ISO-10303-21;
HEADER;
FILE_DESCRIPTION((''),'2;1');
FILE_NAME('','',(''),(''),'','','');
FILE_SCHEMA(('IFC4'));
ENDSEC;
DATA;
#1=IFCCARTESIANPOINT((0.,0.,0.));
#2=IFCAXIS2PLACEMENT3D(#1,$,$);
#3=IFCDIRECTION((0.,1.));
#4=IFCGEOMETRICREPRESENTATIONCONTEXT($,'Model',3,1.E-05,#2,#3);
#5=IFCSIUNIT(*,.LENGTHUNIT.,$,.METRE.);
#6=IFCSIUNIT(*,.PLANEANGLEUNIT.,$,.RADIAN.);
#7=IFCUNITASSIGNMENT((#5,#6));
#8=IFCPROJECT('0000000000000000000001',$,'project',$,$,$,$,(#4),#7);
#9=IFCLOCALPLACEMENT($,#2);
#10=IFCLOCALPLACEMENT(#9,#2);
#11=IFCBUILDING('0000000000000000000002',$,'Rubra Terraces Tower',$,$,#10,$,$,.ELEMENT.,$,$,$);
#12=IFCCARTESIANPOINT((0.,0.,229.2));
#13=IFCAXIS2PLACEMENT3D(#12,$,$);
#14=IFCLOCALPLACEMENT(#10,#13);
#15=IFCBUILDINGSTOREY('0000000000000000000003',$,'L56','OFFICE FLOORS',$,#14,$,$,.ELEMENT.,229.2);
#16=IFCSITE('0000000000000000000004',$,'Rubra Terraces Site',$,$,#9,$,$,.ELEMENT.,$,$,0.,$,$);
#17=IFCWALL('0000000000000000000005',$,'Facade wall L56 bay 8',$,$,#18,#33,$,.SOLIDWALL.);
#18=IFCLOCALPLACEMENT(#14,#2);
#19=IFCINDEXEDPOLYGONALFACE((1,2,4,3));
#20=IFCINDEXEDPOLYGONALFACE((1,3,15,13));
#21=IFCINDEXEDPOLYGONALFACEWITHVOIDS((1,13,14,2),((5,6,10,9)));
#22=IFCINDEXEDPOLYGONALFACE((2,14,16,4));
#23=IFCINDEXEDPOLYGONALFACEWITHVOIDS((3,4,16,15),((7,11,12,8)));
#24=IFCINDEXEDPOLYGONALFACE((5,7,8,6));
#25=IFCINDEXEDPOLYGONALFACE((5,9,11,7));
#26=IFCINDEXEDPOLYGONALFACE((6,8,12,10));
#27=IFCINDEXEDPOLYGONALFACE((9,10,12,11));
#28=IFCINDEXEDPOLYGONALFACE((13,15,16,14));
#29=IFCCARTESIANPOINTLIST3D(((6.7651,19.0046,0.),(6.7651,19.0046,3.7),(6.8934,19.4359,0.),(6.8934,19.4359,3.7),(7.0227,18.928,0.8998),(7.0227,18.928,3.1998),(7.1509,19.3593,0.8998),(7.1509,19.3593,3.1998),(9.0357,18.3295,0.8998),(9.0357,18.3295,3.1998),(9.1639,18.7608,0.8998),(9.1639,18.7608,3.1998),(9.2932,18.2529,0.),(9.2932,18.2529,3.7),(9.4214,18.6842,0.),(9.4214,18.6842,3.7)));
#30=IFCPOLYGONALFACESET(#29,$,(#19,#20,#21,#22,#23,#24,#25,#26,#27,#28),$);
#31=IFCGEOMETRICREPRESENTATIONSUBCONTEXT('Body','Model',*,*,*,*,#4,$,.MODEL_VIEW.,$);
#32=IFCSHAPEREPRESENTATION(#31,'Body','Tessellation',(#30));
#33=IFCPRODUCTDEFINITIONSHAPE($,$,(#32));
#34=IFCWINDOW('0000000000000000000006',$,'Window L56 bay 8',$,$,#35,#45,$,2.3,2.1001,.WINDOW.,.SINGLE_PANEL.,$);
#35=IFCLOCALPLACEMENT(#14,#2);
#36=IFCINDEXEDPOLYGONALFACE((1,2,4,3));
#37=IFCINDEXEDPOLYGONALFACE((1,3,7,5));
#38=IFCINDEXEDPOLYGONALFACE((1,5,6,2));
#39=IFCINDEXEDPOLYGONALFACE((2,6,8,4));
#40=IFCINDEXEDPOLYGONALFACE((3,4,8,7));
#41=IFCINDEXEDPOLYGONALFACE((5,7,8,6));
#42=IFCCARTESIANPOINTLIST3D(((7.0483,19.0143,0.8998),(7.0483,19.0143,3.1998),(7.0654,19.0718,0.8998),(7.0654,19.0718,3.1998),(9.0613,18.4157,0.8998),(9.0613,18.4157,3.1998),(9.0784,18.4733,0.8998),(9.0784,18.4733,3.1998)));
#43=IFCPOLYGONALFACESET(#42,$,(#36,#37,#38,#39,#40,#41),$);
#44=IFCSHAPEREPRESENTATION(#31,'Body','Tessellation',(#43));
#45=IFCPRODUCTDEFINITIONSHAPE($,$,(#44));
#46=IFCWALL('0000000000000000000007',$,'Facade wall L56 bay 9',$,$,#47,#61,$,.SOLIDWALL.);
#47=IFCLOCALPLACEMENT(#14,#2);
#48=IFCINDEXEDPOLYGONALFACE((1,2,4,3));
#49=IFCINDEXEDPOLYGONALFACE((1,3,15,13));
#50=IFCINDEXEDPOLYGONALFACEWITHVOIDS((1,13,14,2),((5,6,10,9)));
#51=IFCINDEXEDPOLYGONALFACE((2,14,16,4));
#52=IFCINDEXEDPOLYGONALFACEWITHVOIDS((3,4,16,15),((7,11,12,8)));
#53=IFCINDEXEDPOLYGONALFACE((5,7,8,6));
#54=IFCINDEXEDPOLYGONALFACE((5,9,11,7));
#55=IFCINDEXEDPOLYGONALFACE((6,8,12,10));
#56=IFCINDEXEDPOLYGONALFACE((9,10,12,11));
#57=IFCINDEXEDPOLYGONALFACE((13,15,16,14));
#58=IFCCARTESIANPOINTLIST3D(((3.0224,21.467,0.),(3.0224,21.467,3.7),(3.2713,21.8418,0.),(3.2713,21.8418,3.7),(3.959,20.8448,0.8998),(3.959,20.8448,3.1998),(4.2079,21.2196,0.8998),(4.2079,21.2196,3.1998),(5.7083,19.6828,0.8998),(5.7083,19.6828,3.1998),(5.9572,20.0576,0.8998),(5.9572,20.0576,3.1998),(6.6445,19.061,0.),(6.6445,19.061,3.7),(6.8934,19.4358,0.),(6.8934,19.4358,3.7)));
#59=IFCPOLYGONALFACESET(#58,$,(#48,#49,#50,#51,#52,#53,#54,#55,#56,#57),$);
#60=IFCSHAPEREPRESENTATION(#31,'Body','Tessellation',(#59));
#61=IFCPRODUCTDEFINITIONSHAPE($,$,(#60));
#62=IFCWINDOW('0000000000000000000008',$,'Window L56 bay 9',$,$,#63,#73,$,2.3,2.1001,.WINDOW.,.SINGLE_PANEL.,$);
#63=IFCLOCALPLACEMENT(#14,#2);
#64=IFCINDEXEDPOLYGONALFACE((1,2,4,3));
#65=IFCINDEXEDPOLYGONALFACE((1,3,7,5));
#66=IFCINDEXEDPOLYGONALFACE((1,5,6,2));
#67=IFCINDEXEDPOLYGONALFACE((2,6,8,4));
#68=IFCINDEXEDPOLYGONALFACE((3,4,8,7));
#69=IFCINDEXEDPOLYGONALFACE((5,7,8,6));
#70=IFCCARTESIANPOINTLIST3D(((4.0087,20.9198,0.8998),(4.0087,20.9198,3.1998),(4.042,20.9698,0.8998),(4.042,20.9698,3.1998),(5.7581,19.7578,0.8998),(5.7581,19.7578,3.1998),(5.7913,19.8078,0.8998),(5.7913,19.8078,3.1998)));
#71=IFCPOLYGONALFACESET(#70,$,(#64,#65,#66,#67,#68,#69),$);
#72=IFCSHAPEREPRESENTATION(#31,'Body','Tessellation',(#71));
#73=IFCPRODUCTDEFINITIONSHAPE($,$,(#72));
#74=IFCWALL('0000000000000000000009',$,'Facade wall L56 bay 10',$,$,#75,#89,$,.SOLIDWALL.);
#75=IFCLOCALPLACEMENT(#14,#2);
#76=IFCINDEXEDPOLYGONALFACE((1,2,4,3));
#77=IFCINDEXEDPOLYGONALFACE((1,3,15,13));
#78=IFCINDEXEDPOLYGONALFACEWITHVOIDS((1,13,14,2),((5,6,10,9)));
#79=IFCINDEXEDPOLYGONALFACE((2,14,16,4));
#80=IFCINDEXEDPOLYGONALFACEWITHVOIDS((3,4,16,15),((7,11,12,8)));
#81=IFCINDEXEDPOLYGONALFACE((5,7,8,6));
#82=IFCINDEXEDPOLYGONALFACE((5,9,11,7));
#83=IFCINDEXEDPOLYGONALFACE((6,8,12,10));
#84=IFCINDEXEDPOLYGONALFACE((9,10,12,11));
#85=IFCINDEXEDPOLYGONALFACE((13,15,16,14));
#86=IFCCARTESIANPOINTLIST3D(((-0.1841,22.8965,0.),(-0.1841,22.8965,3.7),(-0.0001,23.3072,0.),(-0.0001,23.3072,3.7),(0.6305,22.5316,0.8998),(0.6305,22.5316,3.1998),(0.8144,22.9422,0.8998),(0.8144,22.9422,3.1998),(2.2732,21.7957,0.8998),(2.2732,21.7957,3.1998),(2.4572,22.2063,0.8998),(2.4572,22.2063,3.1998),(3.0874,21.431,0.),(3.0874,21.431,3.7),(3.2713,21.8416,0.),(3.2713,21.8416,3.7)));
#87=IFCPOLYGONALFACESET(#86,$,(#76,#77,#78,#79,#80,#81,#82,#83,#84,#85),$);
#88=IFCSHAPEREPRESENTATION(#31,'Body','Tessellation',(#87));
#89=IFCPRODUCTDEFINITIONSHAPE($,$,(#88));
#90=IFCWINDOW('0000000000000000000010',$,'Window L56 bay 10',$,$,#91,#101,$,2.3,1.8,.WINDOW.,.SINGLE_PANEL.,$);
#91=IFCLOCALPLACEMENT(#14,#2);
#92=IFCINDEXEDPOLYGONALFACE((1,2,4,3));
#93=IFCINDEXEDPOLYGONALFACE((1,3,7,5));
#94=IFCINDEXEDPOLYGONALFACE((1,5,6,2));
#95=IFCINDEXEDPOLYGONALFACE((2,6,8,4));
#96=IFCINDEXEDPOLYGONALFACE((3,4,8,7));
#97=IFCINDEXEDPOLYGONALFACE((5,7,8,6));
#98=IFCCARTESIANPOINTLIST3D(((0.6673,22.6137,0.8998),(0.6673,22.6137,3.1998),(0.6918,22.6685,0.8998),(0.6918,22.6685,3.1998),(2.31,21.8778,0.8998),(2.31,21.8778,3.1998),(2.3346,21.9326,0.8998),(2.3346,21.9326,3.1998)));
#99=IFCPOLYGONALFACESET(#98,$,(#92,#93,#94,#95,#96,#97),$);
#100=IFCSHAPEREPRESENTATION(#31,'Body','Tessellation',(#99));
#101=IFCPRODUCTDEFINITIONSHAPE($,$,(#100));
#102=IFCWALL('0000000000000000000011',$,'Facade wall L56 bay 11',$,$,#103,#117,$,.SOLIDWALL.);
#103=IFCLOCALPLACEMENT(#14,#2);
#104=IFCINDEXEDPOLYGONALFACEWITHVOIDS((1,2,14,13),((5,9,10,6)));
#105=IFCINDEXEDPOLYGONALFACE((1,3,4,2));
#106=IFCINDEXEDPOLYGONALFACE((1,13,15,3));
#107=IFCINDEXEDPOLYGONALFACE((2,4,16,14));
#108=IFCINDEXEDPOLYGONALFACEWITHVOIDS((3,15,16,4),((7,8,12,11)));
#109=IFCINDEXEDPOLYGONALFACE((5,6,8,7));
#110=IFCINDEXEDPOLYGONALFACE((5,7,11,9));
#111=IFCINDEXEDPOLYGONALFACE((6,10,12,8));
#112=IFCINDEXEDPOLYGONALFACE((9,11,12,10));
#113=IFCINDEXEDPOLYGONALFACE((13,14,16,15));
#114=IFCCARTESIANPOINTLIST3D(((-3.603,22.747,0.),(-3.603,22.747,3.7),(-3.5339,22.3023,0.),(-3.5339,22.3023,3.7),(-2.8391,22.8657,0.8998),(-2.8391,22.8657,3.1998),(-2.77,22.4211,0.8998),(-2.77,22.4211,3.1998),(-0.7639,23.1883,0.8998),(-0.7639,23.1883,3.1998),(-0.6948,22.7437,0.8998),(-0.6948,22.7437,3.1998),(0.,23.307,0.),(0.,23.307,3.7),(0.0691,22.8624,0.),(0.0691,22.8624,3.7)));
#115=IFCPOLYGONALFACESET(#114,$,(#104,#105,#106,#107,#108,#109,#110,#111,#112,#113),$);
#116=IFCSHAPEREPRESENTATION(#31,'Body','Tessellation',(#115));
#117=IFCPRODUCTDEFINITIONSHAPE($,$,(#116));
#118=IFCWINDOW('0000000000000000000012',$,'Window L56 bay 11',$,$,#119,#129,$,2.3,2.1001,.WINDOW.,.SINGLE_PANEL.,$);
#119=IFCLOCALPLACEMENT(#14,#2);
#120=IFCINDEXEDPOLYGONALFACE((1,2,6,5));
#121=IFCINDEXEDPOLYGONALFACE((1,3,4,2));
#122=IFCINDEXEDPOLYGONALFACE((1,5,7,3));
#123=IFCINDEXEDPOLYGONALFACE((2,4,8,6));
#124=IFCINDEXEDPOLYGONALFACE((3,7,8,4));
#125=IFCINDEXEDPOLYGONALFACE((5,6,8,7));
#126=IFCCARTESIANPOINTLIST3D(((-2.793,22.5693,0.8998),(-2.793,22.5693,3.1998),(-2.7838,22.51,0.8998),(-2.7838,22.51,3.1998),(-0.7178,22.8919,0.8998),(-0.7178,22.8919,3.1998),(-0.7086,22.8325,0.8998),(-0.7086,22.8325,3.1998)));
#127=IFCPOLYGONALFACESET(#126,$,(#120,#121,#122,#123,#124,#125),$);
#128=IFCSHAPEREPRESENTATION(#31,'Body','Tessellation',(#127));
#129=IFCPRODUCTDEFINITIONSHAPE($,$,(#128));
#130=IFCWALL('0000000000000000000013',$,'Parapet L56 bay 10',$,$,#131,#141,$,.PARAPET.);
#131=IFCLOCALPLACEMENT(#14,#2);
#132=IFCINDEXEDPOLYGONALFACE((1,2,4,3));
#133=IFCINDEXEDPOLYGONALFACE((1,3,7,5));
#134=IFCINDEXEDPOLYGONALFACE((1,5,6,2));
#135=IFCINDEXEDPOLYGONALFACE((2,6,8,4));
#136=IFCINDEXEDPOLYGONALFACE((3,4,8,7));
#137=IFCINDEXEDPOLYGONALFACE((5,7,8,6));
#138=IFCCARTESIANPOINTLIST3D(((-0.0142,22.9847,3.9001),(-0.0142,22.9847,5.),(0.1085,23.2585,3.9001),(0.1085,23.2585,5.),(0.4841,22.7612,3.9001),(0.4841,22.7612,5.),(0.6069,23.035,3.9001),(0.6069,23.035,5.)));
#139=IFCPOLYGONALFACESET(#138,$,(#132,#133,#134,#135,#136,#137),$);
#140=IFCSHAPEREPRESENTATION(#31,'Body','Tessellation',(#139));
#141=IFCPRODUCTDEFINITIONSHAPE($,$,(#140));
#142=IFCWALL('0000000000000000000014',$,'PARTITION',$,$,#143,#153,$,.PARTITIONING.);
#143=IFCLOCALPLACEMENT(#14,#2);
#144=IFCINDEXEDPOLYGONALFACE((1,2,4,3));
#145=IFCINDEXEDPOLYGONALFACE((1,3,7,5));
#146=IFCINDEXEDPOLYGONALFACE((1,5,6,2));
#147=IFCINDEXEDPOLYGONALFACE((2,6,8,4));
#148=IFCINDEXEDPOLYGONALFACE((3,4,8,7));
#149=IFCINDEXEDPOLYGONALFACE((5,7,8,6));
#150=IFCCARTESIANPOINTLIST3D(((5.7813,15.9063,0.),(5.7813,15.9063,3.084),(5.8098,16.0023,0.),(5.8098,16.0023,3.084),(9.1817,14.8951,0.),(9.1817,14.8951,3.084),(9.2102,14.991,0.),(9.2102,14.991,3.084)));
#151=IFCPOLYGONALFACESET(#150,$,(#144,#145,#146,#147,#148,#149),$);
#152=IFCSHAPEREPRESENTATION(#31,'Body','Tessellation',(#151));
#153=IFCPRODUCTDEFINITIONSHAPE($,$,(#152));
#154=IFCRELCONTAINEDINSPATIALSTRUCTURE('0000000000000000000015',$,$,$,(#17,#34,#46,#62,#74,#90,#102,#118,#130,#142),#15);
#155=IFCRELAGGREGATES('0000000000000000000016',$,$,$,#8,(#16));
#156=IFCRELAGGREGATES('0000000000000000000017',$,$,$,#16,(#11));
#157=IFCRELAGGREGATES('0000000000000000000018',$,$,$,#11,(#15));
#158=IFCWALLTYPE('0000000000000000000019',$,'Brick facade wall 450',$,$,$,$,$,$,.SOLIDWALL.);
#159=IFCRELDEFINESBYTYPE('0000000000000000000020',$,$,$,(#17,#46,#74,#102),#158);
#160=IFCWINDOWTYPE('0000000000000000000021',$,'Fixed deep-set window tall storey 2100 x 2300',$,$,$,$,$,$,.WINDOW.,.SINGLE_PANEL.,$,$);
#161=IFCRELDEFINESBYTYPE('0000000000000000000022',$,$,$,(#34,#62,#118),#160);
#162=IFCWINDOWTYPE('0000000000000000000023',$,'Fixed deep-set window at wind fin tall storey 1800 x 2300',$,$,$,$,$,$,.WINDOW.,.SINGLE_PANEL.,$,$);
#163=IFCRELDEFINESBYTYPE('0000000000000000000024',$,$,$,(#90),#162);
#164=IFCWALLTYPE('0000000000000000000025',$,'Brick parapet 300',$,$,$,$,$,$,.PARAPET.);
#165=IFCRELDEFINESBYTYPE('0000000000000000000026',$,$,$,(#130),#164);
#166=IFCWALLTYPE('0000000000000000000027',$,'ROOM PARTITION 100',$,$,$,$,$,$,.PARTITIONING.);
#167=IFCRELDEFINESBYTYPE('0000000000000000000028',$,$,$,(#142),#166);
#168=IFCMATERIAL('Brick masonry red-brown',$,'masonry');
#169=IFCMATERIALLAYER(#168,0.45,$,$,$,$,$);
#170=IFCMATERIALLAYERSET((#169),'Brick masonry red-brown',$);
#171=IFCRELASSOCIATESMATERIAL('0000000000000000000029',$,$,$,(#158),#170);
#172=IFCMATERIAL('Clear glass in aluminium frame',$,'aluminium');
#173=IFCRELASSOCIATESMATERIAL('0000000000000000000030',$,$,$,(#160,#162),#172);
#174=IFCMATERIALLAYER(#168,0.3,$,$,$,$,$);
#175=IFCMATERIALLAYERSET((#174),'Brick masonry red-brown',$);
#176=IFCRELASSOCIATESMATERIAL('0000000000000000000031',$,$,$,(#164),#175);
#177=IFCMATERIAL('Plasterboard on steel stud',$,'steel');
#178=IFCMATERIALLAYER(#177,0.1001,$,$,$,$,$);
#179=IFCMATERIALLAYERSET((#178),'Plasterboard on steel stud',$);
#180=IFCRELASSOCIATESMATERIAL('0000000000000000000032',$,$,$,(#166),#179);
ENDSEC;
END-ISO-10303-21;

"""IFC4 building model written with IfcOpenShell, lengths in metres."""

from ifc_helpers import new_model, si_unit, direction, frame, frame_2d, origin, place, context, subcontext, project, spatial, rectangle, extrude, material, layer, layer_set, type_object, element, fill, save


model = new_model("IFC4")

# Units and contexts
model_context = context("Model", 3, precision=1e-05, world=origin(), true_north=direction((0.0, 1.0)))
body_context = subcontext(model_context, "Body", "Model", "MODEL_VIEW")
ifc_project = project(units=[si_unit("LENGTHUNIT", "METRE"), si_unit("PLANEANGLEUNIT", "RADIAN")], contexts=[model_context])

# Site, building, storey
site_placement = place(None, origin())
site = spatial("IfcSite", under=ifc_project, at=site_placement, Name="Rubra Terraces Site", CompositionType="ELEMENT", RefElevation=0.0)
building_placement = place(site_placement, origin())
building = spatial("IfcBuilding", under=site, at=building_placement, Name="Rubra Terraces Tower", CompositionType="ELEMENT")
storey_placement = place(building_placement, frame((0.0, 0.0, 229.2)))
storey = spatial("IfcBuildingStorey", under=building, at=storey_placement, Name="L56", Description="OFFICE FLOORS", CompositionType="ELEMENT", Elevation=229.2)

# Walls, openings, windows
ifc_material_1 = material(Name="Brick masonry red-brown", Category="masonry")
ifc_layer_1 = layer(ifc_material_1, 0.45)
ifc_layer_set_1 = layer_set([ifc_layer_1], Name="Brick masonry red-brown")
wall_type_1 = type_object("IfcWallType", Name="Brick facade wall 450", PredefinedType="SOLIDWALL", material=ifc_layer_set_1)
wall_1_placement = place(storey_placement, frame((9.3574, 18.4685, 0.0), z_axis=(0.0, 0.0, 1.0), x_axis=(-0.958524, 0.285012, 0.0)))
wall_1 = element("IfcWall", 1, at=wall_1_placement, inside=storey, type_object=wall_type_1, Name="Facade wall L56 bay 8", PredefinedType="SOLIDWALL", context=body_context, shape_type="SweptSolid", body=[
    extrude(rectangle(XDim=2.6375, YDim=0.45, at=frame_2d((1.3188, 0.0))), origin(), (0.0, 0.0, 1.0), 3.7),
])
opening_1_placement = place(wall_1_placement, frame((0.2688, 0.0, 0.8999)))
opening_1 = element("IfcOpeningElement", 2, at=opening_1_placement, cuts=wall_1, PredefinedType="OPENING", context=body_context, shape_type="SweptSolid", body=[
    extrude(rectangle(XDim=2.1001, YDim=2.3, at=frame_2d((1.05, 1.1499))), frame((0.0, 0.2349, 0.0), z_axis=(0.0, -1.0, 0.0), x_axis=(1.0, 0.0, 0.0)), (0.0, 0.0, 1.0), 0.47),
])
ifc_material_2 = material(Name="Clear glass in aluminium frame", Category="aluminium")
window_type_1 = type_object("IfcWindowType", Name="Fixed deep-set window tall storey 2100 x 2300", PartitioningType="SINGLE_PANEL", PredefinedType="WINDOW", material=ifc_material_2)
window_1_placement = place(opening_1_placement, origin())
window_1 = element("IfcWindow", 3, at=window_1_placement, inside=storey, type_object=window_type_1, Name="Window L56 bay 8", OverallHeight=2.3, OverallWidth=2.1001, PartitioningType="SINGLE_PANEL", PredefinedType="WINDOW", context=body_context, shape_type="SweptSolid", body=[
    extrude(rectangle(XDim=2.1001, YDim=2.3, at=frame_2d((1.05, 1.1499))), frame((0.0, 0.135, 0.0), z_axis=(0.0, -1.0, 0.0), x_axis=(1.0, 0.0, 0.0)), (0.0, 0.0, 1.0), 0.0601),
])
fill(opening_1, window_1)
wall_2_placement = place(storey_placement, frame((6.769, 19.2483, 0.0), z_axis=(0.0, 0.0, 1.0), x_axis=(-0.832973, 0.553313, 0.0)))
wall_2 = element("IfcWall", 4, at=wall_2_placement, inside=storey, type_object=wall_type_1, Name="Facade wall L56 bay 9", PredefinedType="SOLIDWALL", context=body_context, shape_type="SweptSolid", body=[
    extrude(rectangle(XDim=4.3484, YDim=0.45, at=frame_2d((2.1743, 0.0))), origin(), (0.0, 0.0, 1.0), 3.7),
])
opening_2_placement = place(wall_2_placement, frame((1.124, 0.0, 0.8999)))
opening_2 = element("IfcOpeningElement", 5, at=opening_2_placement, cuts=wall_2, PredefinedType="OPENING", context=body_context, shape_type="SweptSolid", body=[
    extrude(rectangle(XDim=2.1001, YDim=2.3, at=frame_2d((1.05, 1.1499))), frame((0.0, 0.2349, 0.0), z_axis=(0.0, -1.0, 0.0), x_axis=(1.0, 0.0, 0.0)), (0.0, 0.0, 1.0), 0.47),
])
window_2_placement = place(opening_2_placement, origin())
window_2 = element("IfcWindow", 6, at=window_2_placement, inside=storey, type_object=window_type_1, Name="Window L56 bay 9", OverallHeight=2.3, OverallWidth=2.1001, PartitioningType="SINGLE_PANEL", PredefinedType="WINDOW", context=body_context, shape_type="SweptSolid", body=[
    extrude(rectangle(XDim=2.1001, YDim=2.3, at=frame_2d((1.05, 1.1499))), frame((0.0, 0.135, 0.0), z_axis=(0.0, -1.0, 0.0), x_axis=(1.0, 0.0, 0.0)), (0.0, 0.0, 1.0), 0.0601),
])
fill(opening_2, window_2)
wall_3_placement = place(storey_placement, frame((3.1794, 21.6362, 0.0), z_axis=(0.0, 0.0, 1.0), x_axis=(-0.912608, 0.408835, 0.0)))
wall_3 = element("IfcWall", 7, at=wall_3_placement, inside=storey, type_object=wall_type_1, Name="Facade wall L56 bay 10", PredefinedType="SOLIDWALL", context=body_context, shape_type="SweptSolid", body=[
    extrude(rectangle(XDim=3.5847, YDim=0.45, at=frame_2d((1.7925, 0.0))), origin(), (0.0, 0.0, 1.0), 3.7),
])
opening_3_placement = place(wall_3_placement, frame((0.8923, 0.0, 0.8999)))
opening_3 = element("IfcOpeningElement", 8, at=opening_3_placement, cuts=wall_3, PredefinedType="OPENING", context=body_context, shape_type="SweptSolid", body=[
    extrude(rectangle(XDim=1.8, YDim=2.3, at=frame_2d((0.8999, 1.1499))), frame((0.0, 0.2349, 0.0), z_axis=(0.0, -1.0, 0.0), x_axis=(1.0, 0.0, 0.0)), (0.0, 0.0, 1.0), 0.47),
])
window_type_2 = type_object("IfcWindowType", Name="Fixed deep-set window at wind fin tall storey 1800 x 2300", PartitioningType="SINGLE_PANEL", PredefinedType="WINDOW", material=ifc_material_2)
window_3_placement = place(opening_3_placement, origin())
window_3 = element("IfcWindow", 9, at=window_3_placement, inside=storey, type_object=window_type_2, Name="Window L56 bay 10", OverallHeight=2.3, OverallWidth=1.8, PartitioningType="SINGLE_PANEL", PredefinedType="WINDOW", context=body_context, shape_type="SweptSolid", body=[
    extrude(rectangle(XDim=1.8, YDim=2.3, at=frame_2d((0.8999, 1.1499))), frame((0.0, 0.135, 0.0), z_axis=(0.0, -1.0, 0.0), x_axis=(1.0, 0.0, 0.0)), (0.0, 0.0, 1.0), 0.0601),
])
fill(opening_3, window_3)
wall_4_placement = place(storey_placement, frame((0.0347, 23.0847, 0.0), z_axis=(0.0, 0.0, 1.0), x_axis=(-0.988134, -0.153597, 0.0)))
wall_4 = element("IfcWall", 10, at=wall_4_placement, inside=storey, type_object=wall_type_1, Name="Facade wall L56 bay 11", PredefinedType="SOLIDWALL", context=body_context, shape_type="SweptSolid", body=[
    extrude(rectangle(XDim=3.6462, YDim=0.45, at=frame_2d((1.8232, 0.0))), origin(), (0.0, 0.0, 1.0), 3.7),
])
opening_4_placement = place(wall_4_placement, frame((0.7732, 0.0, 0.8999)))
opening_4 = element("IfcOpeningElement", 11, at=opening_4_placement, cuts=wall_4, PredefinedType="OPENING", context=body_context, shape_type="SweptSolid", body=[
    extrude(rectangle(XDim=2.1001, YDim=2.3, at=frame_2d((1.05, 1.1499))), frame((0.0, 0.2349, 0.0), z_axis=(0.0, -1.0, 0.0), x_axis=(1.0, 0.0, 0.0)), (0.0, 0.0, 1.0), 0.47),
])
window_4_placement = place(opening_4_placement, origin())
window_4 = element("IfcWindow", 12, at=window_4_placement, inside=storey, type_object=window_type_1, Name="Window L56 bay 11", OverallHeight=2.3, OverallWidth=2.1001, PartitioningType="SINGLE_PANEL", PredefinedType="WINDOW", context=body_context, shape_type="SweptSolid", body=[
    extrude(rectangle(XDim=2.1001, YDim=2.3, at=frame_2d((1.05, 1.1499))), frame((0.0, 0.135, 0.0), z_axis=(0.0, -1.0, 0.0), x_axis=(1.0, 0.0, 0.0)), (0.0, 0.0, 1.0), 0.0601),
])
fill(opening_4, window_4)

# Walls
ifc_layer_2 = layer(ifc_material_1, 0.3)
ifc_layer_set_2 = layer_set([ifc_layer_2], Name="Brick masonry red-brown")
wall_type_2 = type_object("IfcWallType", Name="Brick parapet 300", PredefinedType="PARAPET", material=ifc_layer_set_2)
wall_5_placement = place(storey_placement, frame((0.5454, 22.8982, 3.9001), z_axis=(0.0, 0.0, 1.0), x_axis=(-0.912498, 0.409082, 0.0)))
element("IfcWall", 13, at=wall_5_placement, inside=storey, type_object=wall_type_2, Name="Parapet L56 bay 10", PredefinedType="PARAPET", context=body_context, shape_type="SweptSolid", body=[
    extrude(rectangle(XDim=0.5461, YDim=0.3, at=frame_2d((0.2729, 0.0))), origin(), (0.0, 0.0, 1.0), 1.0999),
])
ifc_material_3 = material(Name="Plasterboard on steel stud", Category="steel")
ifc_layer_3 = layer(ifc_material_3, 0.1001)
ifc_layer_set_3 = layer_set([ifc_layer_3], Name="Plasterboard on steel stud")
wall_type_3 = type_object("IfcWallType", Name="ROOM PARTITION 100", PredefinedType="PARTITIONING", material=ifc_layer_set_3)
wall_6_placement = place(storey_placement, frame((5.7954, 15.9543, 0.0), z_axis=(0.0, 0.0, 1.0), x_axis=(0.958513, -0.285049, 0.0)))
element("IfcWall", 14, at=wall_6_placement, inside=storey, type_object=wall_type_3, Name="PARTITION", PredefinedType="PARTITIONING", context=body_context, shape_type="SweptSolid", body=[
    extrude(rectangle(XDim=3.5476, YDim=0.1001, at=frame_2d((1.7739, 0.0))), origin(), (0.0, 0.0, 1.0), 3.084),
])

save(model, "model.ifc")
